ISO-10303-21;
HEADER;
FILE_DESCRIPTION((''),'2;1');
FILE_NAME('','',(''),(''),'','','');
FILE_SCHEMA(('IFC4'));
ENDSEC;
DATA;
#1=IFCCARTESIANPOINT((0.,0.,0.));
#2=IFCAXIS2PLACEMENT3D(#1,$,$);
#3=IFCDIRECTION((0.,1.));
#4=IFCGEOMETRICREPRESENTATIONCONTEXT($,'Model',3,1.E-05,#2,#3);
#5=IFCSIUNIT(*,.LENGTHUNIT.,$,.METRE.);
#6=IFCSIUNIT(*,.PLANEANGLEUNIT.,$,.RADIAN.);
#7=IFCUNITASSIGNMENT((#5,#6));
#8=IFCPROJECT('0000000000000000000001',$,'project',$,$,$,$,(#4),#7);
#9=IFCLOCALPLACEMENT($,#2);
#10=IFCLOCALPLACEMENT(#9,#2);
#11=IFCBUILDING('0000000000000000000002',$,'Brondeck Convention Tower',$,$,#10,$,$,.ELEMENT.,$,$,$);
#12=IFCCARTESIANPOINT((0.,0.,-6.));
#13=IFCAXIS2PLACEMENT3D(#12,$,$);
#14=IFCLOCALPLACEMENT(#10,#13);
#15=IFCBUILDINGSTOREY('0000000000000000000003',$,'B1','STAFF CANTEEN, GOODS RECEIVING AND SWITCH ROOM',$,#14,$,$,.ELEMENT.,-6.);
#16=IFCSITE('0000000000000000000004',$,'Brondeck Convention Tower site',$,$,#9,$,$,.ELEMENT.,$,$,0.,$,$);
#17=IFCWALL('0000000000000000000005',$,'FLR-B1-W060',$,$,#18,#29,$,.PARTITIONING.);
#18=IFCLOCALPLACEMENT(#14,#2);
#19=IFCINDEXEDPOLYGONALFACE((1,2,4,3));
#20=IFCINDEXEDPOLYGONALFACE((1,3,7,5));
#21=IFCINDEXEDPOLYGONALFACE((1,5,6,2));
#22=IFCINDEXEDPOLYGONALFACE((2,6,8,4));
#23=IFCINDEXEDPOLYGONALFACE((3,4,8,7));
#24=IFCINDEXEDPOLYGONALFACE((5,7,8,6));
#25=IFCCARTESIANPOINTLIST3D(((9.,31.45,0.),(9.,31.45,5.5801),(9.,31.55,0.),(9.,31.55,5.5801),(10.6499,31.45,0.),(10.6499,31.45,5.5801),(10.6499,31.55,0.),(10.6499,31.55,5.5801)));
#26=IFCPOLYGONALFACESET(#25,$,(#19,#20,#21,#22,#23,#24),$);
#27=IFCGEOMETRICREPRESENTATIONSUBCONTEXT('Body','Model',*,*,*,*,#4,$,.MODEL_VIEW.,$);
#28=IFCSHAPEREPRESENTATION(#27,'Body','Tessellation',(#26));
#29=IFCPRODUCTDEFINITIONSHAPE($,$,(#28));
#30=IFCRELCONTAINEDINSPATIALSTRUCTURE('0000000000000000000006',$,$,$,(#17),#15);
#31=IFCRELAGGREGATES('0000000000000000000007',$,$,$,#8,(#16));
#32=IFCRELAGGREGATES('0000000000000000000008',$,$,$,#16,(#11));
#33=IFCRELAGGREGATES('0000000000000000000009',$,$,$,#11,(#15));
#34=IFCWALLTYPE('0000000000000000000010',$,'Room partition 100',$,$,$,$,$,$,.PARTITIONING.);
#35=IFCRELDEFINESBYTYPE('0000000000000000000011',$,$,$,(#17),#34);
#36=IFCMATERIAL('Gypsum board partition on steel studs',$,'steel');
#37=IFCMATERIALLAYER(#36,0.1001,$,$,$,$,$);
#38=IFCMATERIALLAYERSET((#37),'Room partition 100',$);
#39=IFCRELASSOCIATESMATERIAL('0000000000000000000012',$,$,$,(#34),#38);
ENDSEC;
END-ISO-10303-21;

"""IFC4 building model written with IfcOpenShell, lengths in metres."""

from ifc_helpers import new_model, si_unit, direction, frame, frame_2d, origin, place, context, subcontext, project, spatial, rectangle, extrude, material, layer, layer_set, type_object, element, save


model = new_model("IFC4")

# Units and contexts
model_context = context("Model", 3, precision=1e-05, world=origin(), true_north=direction((0.0, 1.0)))
body_context = subcontext(model_context, "Body", "Model", "MODEL_VIEW")
ifc_project = project(units=[si_unit("LENGTHUNIT", "METRE"), si_unit("PLANEANGLEUNIT", "RADIAN")], contexts=[model_context])

# Site, building, storey
site_placement = place(None, origin())
site = spatial("IfcSite", under=ifc_project, at=site_placement, Name="Brondeck Convention Tower site", CompositionType="ELEMENT", RefElevation=0.0)
building_placement = place(site_placement, origin())
building = spatial("IfcBuilding", under=site, at=building_placement, Name="Brondeck Convention Tower", CompositionType="ELEMENT")
storey_placement = place(building_placement, frame((0.0, 0.0, -6.0)))
storey = spatial("IfcBuildingStorey", under=building, at=storey_placement, Name="B1", Description="STAFF CANTEEN, GOODS RECEIVING AND SWITCH ROOM", CompositionType="ELEMENT", Elevation=-6.0)

# Wall
ifc_material_1 = material(Name="Gypsum board partition on steel studs", Category="steel")
ifc_layer_1 = layer(ifc_material_1, 0.1001)
ifc_layer_set_1 = layer_set([ifc_layer_1], Name="Room partition 100")
wall_type_1 = type_object("IfcWallType", Name="Room partition 100", PredefinedType="PARTITIONING", material=ifc_layer_set_1)
wall_1_placement = place(storey_placement, frame((10.6499, 31.5, 0.0), z_axis=(0.0, 0.0, 1.0), x_axis=(-1.0, 0.0, 0.0)))
element("IfcWall", 1, at=wall_1_placement, inside=storey, type_object=wall_type_1, Name="FLR-B1-W060", PredefinedType="PARTITIONING", context=body_context, shape_type="SweptSolid", body=[
    extrude(rectangle(XDim=1.6499, YDim=0.1001, at=frame_2d((0.825, 0.0))), origin(), (0.0, 0.0, 1.0), 5.5801),
])

save(model, "model.ifc")
